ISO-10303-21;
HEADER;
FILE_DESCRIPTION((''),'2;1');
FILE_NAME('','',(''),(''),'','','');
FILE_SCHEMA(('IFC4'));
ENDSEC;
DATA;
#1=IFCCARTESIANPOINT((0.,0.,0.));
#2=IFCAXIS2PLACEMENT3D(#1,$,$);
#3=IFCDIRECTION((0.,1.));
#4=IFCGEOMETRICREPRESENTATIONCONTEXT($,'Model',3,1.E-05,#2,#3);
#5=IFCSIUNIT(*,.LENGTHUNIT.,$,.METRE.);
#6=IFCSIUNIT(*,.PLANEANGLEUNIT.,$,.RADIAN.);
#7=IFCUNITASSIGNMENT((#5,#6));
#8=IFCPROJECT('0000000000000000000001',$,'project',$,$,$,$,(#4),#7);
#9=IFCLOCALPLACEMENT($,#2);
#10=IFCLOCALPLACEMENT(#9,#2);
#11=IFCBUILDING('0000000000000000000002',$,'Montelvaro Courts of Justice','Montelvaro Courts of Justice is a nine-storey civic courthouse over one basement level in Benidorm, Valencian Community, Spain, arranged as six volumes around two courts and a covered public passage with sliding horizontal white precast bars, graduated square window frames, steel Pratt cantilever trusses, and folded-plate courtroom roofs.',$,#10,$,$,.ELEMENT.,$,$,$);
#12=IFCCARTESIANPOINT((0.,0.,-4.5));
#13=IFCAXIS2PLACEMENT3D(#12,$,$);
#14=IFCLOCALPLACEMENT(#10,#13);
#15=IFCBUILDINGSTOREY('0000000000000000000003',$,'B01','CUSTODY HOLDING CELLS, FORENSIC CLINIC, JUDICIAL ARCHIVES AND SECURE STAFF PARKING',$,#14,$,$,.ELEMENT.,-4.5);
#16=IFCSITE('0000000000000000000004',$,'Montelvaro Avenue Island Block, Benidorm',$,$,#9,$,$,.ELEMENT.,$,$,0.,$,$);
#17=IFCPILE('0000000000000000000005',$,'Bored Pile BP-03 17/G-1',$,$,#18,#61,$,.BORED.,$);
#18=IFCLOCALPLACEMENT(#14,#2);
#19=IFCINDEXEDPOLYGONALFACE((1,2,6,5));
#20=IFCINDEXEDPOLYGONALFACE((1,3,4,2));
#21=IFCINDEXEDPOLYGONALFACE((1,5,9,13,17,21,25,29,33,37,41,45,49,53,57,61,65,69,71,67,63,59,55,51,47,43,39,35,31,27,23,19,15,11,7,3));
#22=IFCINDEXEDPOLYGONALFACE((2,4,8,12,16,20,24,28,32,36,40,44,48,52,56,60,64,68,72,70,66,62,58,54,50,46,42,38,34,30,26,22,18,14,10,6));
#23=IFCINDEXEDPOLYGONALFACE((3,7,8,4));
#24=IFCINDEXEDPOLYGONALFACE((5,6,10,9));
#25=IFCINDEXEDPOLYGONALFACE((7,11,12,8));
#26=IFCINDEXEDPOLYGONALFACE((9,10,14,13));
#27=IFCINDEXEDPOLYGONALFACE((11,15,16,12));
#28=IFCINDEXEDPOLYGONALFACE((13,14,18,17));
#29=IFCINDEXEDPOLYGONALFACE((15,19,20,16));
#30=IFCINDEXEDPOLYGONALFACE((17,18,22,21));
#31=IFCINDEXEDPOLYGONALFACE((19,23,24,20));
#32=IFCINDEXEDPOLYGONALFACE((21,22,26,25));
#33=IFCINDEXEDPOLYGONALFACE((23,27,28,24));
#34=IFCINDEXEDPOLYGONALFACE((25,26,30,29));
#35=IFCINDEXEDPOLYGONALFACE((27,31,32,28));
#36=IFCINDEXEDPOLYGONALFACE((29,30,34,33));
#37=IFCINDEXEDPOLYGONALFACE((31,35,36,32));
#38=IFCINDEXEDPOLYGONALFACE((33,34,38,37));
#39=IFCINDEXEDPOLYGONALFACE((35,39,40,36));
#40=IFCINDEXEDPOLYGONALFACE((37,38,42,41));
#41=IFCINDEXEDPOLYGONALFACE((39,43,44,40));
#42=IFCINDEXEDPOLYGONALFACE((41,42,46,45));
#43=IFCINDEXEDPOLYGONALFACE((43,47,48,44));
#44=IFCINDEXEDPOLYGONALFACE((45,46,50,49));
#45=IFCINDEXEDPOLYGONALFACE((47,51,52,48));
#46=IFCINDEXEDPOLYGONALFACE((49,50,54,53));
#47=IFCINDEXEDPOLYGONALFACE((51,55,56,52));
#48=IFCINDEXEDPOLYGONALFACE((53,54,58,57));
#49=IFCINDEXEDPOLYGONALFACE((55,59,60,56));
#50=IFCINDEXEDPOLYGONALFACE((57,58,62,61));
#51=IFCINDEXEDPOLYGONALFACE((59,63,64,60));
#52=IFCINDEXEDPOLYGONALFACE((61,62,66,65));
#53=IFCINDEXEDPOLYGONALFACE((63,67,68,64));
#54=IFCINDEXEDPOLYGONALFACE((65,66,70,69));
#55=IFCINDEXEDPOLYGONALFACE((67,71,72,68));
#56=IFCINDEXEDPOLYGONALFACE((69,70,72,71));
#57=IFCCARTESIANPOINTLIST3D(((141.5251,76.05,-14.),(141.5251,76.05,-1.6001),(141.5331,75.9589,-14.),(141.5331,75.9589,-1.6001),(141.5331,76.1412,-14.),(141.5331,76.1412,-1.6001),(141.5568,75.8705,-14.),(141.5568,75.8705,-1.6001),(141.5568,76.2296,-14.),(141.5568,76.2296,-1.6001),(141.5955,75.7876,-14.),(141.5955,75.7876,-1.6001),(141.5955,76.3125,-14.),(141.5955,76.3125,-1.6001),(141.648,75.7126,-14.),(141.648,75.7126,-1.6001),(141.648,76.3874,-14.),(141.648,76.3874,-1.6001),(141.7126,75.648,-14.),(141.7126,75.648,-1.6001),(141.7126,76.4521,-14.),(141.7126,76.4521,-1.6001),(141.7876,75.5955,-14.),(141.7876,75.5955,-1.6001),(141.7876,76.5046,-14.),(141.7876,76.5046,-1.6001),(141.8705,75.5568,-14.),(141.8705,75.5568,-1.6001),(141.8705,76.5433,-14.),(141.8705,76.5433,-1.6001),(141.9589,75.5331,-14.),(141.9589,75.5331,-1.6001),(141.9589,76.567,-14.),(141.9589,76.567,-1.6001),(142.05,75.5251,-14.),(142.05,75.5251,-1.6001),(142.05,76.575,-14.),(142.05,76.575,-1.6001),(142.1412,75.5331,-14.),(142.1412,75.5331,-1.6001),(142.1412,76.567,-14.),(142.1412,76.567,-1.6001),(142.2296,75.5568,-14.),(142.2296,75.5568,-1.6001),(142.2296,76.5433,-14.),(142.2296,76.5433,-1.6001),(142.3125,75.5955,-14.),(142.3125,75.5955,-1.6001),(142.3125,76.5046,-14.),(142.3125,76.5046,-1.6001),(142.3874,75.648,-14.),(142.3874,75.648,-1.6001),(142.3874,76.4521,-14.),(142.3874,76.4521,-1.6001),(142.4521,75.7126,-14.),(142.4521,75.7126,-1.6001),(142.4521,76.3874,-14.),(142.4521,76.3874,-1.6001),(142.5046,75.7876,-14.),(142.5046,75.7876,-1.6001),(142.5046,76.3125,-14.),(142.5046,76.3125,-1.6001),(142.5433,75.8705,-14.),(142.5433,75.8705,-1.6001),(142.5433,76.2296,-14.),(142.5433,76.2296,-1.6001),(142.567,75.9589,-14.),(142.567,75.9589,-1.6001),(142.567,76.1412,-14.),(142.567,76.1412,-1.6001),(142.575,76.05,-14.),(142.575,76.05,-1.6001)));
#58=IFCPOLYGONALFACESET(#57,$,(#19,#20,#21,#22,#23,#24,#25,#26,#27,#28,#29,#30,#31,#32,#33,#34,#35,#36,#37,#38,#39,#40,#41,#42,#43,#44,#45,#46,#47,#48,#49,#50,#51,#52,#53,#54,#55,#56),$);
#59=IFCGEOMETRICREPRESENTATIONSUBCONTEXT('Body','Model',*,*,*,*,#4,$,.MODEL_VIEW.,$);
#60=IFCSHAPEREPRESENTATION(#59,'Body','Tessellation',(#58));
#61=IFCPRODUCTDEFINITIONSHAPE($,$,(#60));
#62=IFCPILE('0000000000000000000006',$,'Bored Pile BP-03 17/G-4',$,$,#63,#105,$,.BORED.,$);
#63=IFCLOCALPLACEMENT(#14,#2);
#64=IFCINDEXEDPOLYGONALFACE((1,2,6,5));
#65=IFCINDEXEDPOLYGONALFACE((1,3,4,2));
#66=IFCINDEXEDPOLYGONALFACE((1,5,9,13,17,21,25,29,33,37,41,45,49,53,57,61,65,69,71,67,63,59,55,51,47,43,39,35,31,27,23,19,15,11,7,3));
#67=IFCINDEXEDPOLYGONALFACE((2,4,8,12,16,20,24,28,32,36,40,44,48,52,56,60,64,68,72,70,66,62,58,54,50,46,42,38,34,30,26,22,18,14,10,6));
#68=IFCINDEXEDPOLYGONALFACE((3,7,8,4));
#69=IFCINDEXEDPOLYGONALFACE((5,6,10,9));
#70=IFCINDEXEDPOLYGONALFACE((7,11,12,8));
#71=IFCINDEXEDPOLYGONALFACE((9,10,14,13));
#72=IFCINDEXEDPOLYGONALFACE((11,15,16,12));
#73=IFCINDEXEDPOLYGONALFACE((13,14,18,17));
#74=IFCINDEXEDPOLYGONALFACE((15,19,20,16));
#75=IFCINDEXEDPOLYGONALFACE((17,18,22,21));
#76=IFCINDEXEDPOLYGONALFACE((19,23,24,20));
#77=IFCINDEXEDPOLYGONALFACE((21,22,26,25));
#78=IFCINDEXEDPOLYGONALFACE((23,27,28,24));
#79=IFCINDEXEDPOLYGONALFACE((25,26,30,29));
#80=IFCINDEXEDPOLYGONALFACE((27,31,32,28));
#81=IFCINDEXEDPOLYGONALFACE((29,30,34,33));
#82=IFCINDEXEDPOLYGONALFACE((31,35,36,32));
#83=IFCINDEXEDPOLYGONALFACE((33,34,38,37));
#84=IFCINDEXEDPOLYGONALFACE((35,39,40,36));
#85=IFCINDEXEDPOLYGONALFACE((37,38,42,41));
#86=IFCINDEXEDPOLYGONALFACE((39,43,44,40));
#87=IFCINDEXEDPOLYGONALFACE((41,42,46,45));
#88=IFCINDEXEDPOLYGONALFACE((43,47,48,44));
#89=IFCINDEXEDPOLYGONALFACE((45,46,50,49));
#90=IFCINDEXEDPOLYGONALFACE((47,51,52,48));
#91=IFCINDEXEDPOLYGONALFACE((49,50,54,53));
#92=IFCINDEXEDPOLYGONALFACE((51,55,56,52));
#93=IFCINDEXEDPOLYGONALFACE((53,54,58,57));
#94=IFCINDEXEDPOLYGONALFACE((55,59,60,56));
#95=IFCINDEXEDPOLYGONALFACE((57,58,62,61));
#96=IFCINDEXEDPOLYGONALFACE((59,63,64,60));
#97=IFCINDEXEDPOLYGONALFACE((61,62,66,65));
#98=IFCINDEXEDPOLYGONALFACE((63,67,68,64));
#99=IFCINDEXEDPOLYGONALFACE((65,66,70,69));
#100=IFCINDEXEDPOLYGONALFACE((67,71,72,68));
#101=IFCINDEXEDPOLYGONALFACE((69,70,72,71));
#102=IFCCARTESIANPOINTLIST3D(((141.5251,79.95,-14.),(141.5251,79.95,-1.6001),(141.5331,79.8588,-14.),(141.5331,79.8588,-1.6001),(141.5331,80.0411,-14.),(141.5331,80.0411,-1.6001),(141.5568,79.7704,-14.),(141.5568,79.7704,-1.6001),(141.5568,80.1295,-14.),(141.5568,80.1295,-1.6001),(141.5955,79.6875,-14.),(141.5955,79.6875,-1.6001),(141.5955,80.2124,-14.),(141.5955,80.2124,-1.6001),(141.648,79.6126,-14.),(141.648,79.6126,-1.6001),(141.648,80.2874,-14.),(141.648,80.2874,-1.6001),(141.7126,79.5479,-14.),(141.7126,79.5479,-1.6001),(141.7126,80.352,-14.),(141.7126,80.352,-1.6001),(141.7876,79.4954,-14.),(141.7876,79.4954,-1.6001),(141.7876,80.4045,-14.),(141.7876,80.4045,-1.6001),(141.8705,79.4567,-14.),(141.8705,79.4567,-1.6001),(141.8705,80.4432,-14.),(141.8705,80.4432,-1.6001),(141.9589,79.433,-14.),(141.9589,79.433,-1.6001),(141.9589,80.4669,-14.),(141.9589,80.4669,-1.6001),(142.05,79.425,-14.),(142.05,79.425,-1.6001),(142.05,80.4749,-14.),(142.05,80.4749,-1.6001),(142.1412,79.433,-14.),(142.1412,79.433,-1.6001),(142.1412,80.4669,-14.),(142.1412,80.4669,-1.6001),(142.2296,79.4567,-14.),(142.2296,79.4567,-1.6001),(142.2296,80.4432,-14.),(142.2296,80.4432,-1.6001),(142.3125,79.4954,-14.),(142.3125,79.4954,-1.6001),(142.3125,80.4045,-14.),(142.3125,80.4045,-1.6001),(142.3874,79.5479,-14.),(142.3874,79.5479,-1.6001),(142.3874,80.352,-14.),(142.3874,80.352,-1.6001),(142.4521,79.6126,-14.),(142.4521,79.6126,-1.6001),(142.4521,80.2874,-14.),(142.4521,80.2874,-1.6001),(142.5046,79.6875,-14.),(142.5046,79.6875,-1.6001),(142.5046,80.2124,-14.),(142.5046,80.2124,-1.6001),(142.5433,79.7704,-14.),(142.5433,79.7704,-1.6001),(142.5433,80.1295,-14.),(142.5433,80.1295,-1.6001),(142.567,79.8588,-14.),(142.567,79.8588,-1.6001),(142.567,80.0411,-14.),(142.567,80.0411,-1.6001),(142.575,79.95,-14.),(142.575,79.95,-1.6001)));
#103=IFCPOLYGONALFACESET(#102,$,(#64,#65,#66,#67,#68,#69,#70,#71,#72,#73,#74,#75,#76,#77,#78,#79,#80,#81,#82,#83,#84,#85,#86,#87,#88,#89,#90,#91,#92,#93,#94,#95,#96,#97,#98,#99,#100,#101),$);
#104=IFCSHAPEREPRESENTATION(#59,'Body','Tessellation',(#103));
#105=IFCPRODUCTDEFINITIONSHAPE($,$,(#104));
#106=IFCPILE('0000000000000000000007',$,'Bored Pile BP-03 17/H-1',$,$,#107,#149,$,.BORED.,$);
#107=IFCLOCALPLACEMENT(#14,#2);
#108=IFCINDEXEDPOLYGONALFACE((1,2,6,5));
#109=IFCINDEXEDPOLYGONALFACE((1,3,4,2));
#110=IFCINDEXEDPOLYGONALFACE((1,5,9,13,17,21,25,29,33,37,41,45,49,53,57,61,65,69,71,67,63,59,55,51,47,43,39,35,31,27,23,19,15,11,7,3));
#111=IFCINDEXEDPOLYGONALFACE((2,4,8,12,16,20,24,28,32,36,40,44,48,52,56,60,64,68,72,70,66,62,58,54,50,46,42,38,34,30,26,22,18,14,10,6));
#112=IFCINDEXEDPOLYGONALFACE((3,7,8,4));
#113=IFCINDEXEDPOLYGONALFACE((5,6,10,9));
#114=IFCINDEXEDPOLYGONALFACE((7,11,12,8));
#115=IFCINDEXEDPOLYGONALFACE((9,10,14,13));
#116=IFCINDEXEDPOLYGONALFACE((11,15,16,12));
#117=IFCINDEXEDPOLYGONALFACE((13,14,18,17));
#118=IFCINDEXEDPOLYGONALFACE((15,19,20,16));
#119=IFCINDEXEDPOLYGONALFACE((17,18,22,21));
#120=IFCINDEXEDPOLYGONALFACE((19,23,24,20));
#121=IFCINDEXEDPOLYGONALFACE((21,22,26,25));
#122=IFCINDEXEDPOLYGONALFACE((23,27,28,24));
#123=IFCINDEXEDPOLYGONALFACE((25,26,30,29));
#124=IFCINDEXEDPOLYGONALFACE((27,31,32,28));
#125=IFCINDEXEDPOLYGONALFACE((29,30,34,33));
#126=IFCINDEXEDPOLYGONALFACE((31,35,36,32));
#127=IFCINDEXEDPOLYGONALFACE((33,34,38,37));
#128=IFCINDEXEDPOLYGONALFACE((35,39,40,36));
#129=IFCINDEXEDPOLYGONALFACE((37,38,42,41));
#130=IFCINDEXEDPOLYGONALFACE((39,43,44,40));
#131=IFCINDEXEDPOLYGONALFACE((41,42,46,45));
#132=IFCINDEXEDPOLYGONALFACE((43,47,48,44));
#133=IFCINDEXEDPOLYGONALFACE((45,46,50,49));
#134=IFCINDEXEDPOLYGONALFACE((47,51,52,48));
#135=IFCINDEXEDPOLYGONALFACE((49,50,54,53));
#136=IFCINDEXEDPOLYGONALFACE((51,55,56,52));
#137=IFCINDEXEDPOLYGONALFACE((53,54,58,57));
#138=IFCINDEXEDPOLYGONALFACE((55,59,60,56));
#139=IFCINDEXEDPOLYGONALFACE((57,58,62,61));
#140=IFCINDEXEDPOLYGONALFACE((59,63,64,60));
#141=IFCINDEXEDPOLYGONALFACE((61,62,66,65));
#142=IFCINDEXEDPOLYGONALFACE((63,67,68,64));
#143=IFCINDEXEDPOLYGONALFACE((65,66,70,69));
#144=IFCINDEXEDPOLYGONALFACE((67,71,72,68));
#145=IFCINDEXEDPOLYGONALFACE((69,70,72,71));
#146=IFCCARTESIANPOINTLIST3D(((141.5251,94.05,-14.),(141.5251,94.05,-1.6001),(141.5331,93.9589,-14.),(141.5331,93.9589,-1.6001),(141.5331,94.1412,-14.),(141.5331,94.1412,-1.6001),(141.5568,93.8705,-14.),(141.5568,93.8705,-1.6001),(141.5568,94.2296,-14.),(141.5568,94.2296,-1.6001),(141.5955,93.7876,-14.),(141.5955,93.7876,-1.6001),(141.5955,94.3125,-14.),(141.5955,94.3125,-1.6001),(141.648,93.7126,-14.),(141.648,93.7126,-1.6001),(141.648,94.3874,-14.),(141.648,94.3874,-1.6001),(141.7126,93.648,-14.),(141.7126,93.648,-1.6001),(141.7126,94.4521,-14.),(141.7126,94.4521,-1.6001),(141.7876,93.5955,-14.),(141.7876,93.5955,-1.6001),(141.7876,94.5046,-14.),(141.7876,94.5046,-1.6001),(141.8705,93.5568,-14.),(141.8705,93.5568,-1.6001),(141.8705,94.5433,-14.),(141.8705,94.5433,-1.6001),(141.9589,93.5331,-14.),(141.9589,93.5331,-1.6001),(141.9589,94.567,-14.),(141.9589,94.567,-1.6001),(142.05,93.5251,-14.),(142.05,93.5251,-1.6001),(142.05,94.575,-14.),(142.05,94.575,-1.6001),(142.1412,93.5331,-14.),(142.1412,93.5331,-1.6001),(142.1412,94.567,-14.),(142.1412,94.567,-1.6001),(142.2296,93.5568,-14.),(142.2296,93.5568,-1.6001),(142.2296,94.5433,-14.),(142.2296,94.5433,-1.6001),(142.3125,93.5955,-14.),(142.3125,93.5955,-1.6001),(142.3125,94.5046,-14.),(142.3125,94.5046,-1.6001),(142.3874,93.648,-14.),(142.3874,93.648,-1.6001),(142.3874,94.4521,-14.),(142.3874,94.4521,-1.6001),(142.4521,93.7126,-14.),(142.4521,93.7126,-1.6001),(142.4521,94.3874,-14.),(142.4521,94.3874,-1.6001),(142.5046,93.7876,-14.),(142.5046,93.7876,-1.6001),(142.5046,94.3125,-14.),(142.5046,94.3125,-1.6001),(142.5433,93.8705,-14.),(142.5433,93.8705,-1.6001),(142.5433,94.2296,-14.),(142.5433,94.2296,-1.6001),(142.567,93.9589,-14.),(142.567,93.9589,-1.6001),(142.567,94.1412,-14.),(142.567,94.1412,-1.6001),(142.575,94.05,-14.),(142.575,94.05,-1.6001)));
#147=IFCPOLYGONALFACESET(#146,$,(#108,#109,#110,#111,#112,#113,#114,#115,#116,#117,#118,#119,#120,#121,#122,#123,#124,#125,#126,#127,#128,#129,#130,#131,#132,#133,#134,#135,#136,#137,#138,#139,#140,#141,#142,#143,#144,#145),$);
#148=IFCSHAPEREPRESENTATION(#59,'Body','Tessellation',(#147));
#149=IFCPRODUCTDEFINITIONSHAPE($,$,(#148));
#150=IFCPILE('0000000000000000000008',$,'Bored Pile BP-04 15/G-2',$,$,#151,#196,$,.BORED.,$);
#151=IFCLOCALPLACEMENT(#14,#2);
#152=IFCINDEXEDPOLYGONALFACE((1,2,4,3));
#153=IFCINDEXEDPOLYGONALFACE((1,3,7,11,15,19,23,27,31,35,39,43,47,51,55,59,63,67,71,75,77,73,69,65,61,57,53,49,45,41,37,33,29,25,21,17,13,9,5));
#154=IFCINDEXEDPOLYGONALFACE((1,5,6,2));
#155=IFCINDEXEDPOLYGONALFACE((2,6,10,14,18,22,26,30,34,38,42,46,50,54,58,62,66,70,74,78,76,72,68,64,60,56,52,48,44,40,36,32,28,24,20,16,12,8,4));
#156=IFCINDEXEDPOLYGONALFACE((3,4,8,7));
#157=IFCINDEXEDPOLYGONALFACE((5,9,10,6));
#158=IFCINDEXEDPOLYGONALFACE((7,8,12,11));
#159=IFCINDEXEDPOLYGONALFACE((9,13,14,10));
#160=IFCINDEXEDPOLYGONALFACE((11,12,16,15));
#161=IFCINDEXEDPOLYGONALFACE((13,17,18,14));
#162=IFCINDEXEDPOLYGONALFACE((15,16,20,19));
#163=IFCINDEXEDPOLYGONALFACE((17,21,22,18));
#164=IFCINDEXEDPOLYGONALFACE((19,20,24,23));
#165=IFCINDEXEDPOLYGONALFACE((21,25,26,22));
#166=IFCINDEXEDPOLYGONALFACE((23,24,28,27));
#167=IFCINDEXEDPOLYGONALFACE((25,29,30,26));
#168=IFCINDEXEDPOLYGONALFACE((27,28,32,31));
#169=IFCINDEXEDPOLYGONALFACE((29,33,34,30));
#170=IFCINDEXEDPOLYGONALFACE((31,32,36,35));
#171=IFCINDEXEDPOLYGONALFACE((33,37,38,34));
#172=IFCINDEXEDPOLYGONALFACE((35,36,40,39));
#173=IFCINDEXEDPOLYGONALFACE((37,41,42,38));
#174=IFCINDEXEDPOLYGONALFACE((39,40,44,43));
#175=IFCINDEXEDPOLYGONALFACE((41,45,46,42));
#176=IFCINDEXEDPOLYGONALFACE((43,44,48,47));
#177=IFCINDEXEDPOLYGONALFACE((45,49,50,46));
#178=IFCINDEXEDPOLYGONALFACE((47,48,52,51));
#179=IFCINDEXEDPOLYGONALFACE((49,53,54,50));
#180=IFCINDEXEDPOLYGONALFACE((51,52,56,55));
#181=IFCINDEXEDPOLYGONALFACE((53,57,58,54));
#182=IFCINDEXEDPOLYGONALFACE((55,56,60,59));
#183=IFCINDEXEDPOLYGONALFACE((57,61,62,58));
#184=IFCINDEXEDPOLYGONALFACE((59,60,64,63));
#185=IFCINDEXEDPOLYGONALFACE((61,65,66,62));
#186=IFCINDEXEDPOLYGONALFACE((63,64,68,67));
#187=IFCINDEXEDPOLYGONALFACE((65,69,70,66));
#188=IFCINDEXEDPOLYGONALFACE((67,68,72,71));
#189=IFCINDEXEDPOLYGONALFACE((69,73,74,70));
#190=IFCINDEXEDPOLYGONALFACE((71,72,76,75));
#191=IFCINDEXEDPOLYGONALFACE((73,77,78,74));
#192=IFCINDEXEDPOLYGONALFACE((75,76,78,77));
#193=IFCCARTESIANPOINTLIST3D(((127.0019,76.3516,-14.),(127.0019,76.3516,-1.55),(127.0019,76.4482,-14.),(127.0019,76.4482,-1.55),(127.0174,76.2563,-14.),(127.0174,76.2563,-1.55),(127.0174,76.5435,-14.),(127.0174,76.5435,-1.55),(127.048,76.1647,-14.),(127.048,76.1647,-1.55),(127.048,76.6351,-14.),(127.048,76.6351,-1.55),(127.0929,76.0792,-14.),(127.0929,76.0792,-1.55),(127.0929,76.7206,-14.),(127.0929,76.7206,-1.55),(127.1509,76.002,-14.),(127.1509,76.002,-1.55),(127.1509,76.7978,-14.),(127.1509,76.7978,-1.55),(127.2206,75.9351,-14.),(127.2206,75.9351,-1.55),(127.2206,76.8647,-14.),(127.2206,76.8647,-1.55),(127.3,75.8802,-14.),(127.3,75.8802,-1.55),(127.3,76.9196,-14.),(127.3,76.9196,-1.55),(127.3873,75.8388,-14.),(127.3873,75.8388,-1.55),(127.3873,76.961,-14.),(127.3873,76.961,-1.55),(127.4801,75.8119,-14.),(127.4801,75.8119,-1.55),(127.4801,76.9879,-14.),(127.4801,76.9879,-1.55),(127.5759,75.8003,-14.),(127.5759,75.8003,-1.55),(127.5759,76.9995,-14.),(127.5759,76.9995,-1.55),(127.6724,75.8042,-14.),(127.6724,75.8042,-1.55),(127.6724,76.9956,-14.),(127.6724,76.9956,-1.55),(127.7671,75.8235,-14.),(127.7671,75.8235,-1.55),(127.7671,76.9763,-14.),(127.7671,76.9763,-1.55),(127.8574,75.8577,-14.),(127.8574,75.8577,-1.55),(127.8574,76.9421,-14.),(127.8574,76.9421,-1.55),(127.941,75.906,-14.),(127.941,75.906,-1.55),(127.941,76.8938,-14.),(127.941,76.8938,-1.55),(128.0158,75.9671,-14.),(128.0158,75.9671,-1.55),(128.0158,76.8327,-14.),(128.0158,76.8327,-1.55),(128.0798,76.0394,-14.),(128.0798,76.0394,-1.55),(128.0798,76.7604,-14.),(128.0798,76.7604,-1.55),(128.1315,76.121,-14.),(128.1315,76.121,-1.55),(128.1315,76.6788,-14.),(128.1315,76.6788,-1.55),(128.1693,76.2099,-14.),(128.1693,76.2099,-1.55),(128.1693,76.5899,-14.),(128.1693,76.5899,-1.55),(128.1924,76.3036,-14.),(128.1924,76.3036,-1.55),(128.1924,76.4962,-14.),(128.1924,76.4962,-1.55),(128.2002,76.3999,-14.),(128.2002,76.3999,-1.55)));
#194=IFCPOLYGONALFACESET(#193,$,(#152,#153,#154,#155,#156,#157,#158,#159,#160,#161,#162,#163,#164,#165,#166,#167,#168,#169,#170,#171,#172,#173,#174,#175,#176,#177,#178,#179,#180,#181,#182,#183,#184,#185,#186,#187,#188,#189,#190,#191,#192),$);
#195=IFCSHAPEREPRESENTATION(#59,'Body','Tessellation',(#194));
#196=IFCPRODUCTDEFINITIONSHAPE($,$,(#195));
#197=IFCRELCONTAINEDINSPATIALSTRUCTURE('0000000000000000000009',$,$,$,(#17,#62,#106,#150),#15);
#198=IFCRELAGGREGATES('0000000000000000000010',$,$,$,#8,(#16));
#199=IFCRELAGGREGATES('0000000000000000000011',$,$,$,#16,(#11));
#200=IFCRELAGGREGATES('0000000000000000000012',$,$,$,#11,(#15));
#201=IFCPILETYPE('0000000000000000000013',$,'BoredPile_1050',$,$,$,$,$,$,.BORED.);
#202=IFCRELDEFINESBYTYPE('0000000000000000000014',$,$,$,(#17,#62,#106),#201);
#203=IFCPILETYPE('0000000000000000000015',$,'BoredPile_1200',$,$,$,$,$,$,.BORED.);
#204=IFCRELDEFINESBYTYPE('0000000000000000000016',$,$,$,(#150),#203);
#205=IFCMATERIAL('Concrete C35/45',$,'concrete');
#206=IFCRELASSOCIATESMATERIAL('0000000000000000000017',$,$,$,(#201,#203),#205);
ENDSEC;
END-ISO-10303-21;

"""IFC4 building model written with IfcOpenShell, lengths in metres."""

from ifc_helpers import new_model, si_unit, direction, frame, origin, origin_2d, place, context, subcontext, project, spatial, circle, extrude, material, material_profile, profile_set, type_object, element, save


model = new_model("IFC4")

# Units and contexts
model_context = context("Model", 3, precision=1e-05, world=origin(), true_north=direction((0.0, 1.0)))
body_context = subcontext(model_context, "Body", "Model", "MODEL_VIEW")
ifc_project = project(units=[si_unit("LENGTHUNIT", "METRE"), si_unit("PLANEANGLEUNIT", "RADIAN")], contexts=[model_context])

# Site, building, storey
site_placement = place(None, origin())
site = spatial("IfcSite", under=ifc_project, at=site_placement, Name="Montelvaro Avenue Island Block, Benidorm", CompositionType="ELEMENT", RefElevation=0.0)
building_placement = place(site_placement, origin())
building = spatial("IfcBuilding", under=site, at=building_placement, Name="Montelvaro Courts of Justice", Description="Montelvaro Courts of Justice is a nine-storey civic courthouse over one basement level in Benidorm, Valencian Community, Spain, arranged as six volumes around two courts and a covered public passage with sliding horizontal white precast bars, graduated square window frames, steel Pratt cantilever trusses, and folded-plate courtroom roofs.", CompositionType="ELEMENT")
storey_placement = place(building_placement, frame((0.0, 0.0, -4.5)))
storey = spatial("IfcBuildingStorey", under=building, at=storey_placement, Name="B01", Description="CUSTODY HOLDING CELLS, FORENSIC CLINIC, JUDICIAL ARCHIVES AND SECURE STAFF PARKING", CompositionType="ELEMENT", Elevation=-4.5)

# Piles
ifc_material_1 = material(Name="Concrete C35/45", Category="concrete")
ifc_material_profile_1 = material_profile(ifc_material_1, circle(Radius=0.5249, at=origin_2d()), Name="BORED PILE D1050")
ifc_profile_set_1 = profile_set([ifc_material_profile_1], Name="Concrete C35/45")
pile_type_1 = type_object("IfcPileType", Name="BoredPile_1050", PredefinedType="BORED", material=ifc_profile_set_1)
for number, where, z_axis, x_axis, name in (
    (1, (142.05, 76.05, -1.6001), (0.0, 0.0, -1.0), (1.0, 0.0, 0.0), "Bored Pile BP-03 17/G-1"),
    (2, (142.05, 79.95, -1.6001), (0.0, 0.0, -1.0), (1.0, 0.0, 0.0), "Bored Pile BP-03 17/G-4"),
    (3, (142.05, 94.05, -1.6001), (0.0, 0.0, -1.0), (1.0, 0.0, 0.0), "Bored Pile BP-03 17/H-1"),
):
    element("IfcPile", number, at=place(storey_placement, frame(where, z_axis=z_axis, x_axis=x_axis)), inside=storey, type_object=pile_type_1, Name=name, PredefinedType="BORED", context=body_context, shape_type="SweptSolid", body=[
        extrude(circle(Radius=0.5249, at=origin_2d()), origin(), (0.0, 0.0, 1.0), 12.3999),
    ])
ifc_material_profile_2 = material_profile(ifc_material_1, circle(Radius=0.6001, at=origin_2d()), Name="BORED PILE D1200")
ifc_profile_set_2 = profile_set([ifc_material_profile_2], Name="Concrete C35/45")
pile_type_2 = type_object("IfcPileType", Name="BoredPile_1200", PredefinedType="BORED", material=ifc_profile_set_2)
for number, where, z_axis, x_axis, name in (
    (4, (127.6001, 76.3999, -1.55), (0.0, 0.0, -1.0), (1.0, 0.0, 0.0), "Bored Pile BP-04 15/G-2"),
):
    element("IfcPile", number, at=place(storey_placement, frame(where, z_axis=z_axis, x_axis=x_axis)), inside=storey, type_object=pile_type_2, Name=name, PredefinedType="BORED", context=body_context, shape_type="SweptSolid", body=[
        extrude(circle(Radius=0.6001, at=origin_2d()), origin(), (0.0, 0.0, 1.0), 12.45),
    ])

save(model, "model.ifc")
